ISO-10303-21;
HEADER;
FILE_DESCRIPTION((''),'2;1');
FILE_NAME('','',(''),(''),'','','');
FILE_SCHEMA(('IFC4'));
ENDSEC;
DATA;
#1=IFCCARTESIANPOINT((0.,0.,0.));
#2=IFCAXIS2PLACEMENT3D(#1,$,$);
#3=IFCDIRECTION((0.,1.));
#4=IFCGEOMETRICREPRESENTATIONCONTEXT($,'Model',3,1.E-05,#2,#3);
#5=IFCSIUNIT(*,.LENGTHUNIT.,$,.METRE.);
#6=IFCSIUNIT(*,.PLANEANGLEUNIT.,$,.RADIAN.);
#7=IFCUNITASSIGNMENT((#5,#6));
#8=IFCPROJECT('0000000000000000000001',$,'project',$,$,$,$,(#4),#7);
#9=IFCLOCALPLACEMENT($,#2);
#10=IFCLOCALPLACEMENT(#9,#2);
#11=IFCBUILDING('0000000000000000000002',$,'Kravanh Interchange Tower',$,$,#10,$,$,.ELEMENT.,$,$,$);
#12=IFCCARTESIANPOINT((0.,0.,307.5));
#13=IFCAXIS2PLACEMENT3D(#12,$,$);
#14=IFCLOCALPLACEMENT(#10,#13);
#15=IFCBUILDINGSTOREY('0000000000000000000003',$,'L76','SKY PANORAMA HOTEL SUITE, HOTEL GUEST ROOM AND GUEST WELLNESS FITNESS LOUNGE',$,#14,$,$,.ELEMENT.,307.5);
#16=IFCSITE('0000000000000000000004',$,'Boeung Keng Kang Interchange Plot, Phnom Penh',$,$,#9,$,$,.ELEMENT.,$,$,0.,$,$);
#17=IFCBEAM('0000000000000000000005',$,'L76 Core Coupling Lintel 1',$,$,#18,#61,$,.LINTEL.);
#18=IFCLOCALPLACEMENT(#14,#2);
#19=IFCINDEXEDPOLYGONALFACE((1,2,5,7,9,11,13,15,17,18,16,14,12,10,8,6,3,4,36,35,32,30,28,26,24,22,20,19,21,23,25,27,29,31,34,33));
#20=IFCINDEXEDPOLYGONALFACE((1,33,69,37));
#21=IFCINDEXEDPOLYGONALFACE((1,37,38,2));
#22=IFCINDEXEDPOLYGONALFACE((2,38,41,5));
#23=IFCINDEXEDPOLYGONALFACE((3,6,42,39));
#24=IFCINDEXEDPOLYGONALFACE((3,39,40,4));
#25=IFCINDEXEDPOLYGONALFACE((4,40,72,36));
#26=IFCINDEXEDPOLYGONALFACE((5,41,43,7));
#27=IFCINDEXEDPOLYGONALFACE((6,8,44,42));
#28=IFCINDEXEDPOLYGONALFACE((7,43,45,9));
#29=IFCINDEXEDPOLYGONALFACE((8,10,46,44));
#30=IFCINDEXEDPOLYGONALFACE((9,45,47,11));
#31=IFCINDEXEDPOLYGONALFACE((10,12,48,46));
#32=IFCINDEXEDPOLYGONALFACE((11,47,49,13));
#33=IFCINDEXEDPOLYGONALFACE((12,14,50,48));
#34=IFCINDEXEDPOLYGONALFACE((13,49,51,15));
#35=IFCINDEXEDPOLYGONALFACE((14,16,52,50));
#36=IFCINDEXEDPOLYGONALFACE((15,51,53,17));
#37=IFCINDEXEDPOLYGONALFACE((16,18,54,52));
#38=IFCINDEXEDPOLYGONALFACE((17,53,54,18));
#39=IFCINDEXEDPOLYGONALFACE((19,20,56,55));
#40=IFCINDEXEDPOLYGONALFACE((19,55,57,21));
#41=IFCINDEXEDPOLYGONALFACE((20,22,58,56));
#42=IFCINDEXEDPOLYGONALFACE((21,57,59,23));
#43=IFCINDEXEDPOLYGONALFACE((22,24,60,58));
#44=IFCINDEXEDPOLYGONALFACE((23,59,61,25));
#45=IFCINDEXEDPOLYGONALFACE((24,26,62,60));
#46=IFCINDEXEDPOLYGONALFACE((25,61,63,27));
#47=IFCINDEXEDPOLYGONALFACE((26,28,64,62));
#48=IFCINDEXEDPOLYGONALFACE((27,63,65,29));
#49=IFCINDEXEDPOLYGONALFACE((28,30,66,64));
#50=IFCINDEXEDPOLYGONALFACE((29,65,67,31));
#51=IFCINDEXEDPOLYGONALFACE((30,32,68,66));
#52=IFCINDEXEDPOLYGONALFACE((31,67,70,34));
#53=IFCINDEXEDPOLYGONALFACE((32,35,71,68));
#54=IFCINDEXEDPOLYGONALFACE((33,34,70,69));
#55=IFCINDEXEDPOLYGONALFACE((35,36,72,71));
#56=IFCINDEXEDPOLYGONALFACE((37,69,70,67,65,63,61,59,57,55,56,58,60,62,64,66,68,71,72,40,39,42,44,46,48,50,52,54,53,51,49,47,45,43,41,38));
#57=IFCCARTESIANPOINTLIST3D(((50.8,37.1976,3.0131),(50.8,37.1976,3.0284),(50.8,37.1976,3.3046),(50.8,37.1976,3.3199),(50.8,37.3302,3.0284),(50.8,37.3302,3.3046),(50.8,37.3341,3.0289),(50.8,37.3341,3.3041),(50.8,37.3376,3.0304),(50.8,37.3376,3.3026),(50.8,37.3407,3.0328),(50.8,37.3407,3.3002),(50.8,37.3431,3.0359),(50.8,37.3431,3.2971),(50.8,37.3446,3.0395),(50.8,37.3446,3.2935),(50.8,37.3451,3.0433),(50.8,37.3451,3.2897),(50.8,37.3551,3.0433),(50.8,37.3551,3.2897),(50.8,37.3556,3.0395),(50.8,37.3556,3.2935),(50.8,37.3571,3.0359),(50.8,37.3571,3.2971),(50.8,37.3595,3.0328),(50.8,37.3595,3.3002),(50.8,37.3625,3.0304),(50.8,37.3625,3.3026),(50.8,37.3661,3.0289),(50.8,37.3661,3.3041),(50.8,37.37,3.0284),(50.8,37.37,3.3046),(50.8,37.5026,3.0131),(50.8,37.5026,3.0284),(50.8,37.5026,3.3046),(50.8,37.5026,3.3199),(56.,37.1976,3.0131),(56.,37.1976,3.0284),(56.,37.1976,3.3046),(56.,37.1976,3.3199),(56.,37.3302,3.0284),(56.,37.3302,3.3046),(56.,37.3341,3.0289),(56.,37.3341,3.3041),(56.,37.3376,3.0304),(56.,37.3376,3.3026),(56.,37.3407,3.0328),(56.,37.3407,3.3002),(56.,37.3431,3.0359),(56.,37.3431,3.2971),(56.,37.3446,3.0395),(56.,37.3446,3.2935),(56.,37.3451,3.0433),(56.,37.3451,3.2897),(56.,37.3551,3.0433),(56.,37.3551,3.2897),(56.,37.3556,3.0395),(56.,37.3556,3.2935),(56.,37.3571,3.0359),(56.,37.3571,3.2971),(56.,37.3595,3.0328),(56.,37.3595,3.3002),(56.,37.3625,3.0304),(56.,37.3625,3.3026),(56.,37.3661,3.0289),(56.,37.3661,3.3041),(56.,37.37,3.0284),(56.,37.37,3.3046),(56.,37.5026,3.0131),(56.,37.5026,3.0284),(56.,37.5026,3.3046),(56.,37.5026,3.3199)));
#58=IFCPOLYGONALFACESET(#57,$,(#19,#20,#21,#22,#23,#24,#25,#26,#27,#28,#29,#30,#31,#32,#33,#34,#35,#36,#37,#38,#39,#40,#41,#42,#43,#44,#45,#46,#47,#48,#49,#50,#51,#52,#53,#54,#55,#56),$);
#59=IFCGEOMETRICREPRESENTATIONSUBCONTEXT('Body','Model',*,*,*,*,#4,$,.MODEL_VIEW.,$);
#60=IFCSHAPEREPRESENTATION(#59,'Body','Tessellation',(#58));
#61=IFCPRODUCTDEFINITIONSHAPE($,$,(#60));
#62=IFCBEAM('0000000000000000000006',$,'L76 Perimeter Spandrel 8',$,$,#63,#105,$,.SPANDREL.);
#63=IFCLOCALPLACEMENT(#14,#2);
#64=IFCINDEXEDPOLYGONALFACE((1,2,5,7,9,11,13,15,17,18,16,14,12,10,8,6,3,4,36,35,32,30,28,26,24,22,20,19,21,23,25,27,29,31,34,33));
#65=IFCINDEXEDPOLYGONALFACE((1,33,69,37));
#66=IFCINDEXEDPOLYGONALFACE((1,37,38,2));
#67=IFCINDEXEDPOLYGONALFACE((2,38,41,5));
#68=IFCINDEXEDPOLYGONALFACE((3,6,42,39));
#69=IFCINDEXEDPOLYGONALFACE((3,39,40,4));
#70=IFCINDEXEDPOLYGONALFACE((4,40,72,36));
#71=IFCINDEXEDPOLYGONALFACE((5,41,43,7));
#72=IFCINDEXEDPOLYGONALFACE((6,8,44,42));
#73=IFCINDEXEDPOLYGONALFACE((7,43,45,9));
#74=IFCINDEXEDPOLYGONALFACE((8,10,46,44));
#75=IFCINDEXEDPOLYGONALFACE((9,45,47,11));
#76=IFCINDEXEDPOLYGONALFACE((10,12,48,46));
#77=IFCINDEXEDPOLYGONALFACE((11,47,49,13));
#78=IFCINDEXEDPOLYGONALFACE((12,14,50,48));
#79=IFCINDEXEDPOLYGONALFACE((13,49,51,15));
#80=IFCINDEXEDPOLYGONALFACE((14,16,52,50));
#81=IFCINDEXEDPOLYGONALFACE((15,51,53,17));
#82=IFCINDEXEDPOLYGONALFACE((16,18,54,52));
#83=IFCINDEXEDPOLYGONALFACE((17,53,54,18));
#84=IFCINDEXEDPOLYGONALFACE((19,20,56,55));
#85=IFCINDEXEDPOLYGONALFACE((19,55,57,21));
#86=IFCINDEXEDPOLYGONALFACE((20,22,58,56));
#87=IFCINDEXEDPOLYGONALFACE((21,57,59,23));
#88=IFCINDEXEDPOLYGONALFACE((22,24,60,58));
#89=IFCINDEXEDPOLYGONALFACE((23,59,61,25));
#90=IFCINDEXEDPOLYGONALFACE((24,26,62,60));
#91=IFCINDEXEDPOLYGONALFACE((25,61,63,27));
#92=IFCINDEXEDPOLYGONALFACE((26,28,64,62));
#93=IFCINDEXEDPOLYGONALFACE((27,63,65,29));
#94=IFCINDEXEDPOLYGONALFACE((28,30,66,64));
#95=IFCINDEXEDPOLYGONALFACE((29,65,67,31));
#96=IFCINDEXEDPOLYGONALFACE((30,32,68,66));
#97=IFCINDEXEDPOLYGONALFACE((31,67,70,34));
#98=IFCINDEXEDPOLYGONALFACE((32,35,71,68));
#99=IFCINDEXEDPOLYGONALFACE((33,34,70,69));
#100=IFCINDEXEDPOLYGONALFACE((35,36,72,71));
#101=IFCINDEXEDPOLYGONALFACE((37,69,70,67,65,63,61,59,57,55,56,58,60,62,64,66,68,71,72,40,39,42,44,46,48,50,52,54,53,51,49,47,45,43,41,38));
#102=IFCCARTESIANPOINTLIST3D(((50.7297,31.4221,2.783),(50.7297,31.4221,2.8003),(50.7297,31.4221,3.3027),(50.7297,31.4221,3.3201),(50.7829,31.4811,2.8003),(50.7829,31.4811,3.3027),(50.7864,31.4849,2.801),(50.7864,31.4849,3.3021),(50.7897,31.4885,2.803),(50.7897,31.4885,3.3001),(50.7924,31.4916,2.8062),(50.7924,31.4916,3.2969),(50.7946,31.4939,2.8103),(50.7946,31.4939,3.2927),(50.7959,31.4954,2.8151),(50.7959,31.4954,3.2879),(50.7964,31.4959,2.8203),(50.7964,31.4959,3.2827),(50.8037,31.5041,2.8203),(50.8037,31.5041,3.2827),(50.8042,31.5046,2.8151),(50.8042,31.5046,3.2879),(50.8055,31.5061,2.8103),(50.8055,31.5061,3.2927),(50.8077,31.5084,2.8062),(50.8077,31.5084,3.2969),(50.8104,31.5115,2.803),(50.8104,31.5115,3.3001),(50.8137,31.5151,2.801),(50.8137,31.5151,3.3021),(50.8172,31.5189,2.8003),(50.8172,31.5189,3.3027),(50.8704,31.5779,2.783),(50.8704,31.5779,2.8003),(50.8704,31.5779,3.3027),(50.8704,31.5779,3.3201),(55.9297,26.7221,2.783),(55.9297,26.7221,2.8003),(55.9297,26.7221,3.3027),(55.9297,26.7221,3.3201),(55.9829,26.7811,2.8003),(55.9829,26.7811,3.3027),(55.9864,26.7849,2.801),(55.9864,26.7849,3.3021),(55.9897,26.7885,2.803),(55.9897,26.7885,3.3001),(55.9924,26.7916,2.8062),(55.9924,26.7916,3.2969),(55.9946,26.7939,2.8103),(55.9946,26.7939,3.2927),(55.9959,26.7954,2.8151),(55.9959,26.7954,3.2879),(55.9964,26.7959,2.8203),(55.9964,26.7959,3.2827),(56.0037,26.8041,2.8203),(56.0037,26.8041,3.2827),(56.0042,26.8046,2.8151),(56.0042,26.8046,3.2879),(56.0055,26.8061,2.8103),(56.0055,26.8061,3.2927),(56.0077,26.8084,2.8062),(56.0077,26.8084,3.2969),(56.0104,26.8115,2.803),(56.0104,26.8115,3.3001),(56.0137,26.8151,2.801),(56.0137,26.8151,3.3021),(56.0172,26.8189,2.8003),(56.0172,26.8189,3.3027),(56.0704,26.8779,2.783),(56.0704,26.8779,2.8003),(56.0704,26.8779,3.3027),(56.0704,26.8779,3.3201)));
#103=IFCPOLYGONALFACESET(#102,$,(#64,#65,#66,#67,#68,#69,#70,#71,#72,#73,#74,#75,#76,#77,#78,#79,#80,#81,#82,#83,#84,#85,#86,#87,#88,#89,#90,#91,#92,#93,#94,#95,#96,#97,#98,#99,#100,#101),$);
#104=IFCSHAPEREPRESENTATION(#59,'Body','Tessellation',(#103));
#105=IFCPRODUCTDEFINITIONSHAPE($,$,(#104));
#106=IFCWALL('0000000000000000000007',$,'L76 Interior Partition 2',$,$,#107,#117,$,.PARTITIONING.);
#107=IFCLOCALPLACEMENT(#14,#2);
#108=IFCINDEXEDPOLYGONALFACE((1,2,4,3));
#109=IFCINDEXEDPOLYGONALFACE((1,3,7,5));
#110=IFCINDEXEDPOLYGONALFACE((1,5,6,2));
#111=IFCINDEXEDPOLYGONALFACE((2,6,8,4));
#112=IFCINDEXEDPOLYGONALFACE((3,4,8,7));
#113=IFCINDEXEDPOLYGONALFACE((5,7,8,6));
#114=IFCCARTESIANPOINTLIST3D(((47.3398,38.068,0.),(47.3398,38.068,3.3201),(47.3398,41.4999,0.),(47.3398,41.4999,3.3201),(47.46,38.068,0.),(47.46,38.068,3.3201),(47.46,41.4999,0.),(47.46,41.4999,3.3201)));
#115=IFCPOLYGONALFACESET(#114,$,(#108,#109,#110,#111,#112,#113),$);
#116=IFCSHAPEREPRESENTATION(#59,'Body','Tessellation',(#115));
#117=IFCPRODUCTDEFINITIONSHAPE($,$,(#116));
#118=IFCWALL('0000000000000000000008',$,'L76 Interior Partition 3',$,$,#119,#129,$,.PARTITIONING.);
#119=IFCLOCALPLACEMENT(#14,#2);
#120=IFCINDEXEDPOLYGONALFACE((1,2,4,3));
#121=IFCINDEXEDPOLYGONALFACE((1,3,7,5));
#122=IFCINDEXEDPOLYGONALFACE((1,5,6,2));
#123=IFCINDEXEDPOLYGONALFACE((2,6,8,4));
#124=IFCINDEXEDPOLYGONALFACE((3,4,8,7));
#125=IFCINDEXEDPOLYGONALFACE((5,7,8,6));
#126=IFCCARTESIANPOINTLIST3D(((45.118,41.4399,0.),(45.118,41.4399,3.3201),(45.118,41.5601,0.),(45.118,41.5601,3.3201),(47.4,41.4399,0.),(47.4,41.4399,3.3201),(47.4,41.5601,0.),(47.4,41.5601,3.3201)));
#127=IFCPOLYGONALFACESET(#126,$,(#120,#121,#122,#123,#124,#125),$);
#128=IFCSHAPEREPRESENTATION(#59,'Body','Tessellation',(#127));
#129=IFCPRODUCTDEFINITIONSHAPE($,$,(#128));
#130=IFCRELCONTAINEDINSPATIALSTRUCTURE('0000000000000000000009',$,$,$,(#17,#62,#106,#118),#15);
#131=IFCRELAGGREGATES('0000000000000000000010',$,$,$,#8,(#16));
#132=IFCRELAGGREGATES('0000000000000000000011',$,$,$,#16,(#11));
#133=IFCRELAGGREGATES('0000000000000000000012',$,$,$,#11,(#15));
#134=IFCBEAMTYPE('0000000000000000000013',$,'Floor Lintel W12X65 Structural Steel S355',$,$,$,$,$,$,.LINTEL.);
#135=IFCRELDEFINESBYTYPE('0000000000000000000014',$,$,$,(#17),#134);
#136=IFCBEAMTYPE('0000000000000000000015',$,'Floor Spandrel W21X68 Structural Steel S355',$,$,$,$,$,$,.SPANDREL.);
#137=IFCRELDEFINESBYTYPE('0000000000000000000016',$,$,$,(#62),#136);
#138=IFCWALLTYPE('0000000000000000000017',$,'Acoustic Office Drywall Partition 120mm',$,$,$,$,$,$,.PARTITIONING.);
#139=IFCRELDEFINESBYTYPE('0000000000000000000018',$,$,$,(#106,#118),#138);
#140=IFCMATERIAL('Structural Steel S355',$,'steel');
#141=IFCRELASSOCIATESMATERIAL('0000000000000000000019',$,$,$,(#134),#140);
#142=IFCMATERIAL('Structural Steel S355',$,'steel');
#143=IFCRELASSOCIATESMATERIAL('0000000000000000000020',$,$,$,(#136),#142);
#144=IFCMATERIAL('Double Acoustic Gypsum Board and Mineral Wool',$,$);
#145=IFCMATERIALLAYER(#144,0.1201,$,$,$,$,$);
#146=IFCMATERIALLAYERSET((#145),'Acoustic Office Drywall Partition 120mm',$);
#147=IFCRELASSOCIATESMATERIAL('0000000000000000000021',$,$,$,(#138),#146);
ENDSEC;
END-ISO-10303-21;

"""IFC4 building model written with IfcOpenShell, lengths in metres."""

from ifc_helpers import new_model, si_unit, direction, frame, frame_2d, origin, origin_2d, place, context, subcontext, project, spatial, rectangle, i_section, extrude, material, layer, layer_set, material_profile, profile_set, type_object, element, save


model = new_model("IFC4")

# Units and contexts
model_context = context("Model", 3, precision=1e-05, world=origin(), true_north=direction((0.0, 1.0)))
body_context = subcontext(model_context, "Body", "Model", "MODEL_VIEW")
ifc_project = project(units=[si_unit("LENGTHUNIT", "METRE"), si_unit("PLANEANGLEUNIT", "RADIAN")], contexts=[model_context])

# Site, building, storey
site_placement = place(None, origin())
site = spatial("IfcSite", under=ifc_project, at=site_placement, Name="Boeung Keng Kang Interchange Plot, Phnom Penh", CompositionType="ELEMENT", RefElevation=0.0)
building_placement = place(site_placement, origin())
building = spatial("IfcBuilding", under=site, at=building_placement, Name="Kravanh Interchange Tower", CompositionType="ELEMENT")
storey_placement = place(building_placement, frame((0.0, 0.0, 307.5)))
storey = spatial("IfcBuildingStorey", under=building, at=storey_placement, Name="L76", Description="SKY PANORAMA HOTEL SUITE, HOTEL GUEST ROOM AND GUEST WELLNESS FITNESS LOUNGE", CompositionType="ELEMENT", Elevation=307.5)

# Beams
ifc_material_1 = material(Name="Structural Steel S355", Category="steel")
ifc_material_profile_1 = material_profile(ifc_material_1, i_section(OverallWidth=0.3049, OverallDepth=0.3069, WebThickness=0.01, FlangeThickness=0.0154, FilletRadius=0.0149, at=origin_2d()), Name="W12X65")
ifc_profile_set_1 = profile_set([ifc_material_profile_1], Name="Structural Steel S355")
beam_type_1 = type_object("IfcBeamType", Name="Floor Lintel W12X65 Structural Steel S355", PredefinedType="LINTEL", material=ifc_profile_set_1)
beam_1_placement = place(storey_placement, frame((50.8, 37.3501, 3.1665), z_axis=(1.0, 0.0, 0.0), x_axis=(0.0, 1.0, 0.0)))
element("IfcBeam", 1, at=beam_1_placement, inside=storey, type_object=beam_type_1, Name="L76 Core Coupling Lintel 1", PredefinedType="LINTEL", context=body_context, shape_type="SweptSolid", body=[
    extrude(i_section(OverallWidth=0.3049, OverallDepth=0.3069, WebThickness=0.01, FlangeThickness=0.0154, FilletRadius=0.0149, at=origin_2d()), origin(), (0.0, 0.0, 1.0), 5.2),
])
ifc_material_2 = material(Name="Structural Steel S355", Category="steel")
ifc_material_profile_2 = material_profile(ifc_material_2, i_section(OverallWidth=0.21, OverallDepth=0.5371, WebThickness=0.011, FlangeThickness=0.0173, FilletRadius=0.02, at=origin_2d()), Name="W21X68")
ifc_profile_set_2 = profile_set([ifc_material_profile_2], Name="Structural Steel S355")
beam_type_2 = type_object("IfcBeamType", Name="Floor Spandrel W21X68 Structural Steel S355", PredefinedType="SPANDREL", material=ifc_profile_set_2)
beam_2_placement = place(storey_placement, frame((50.8, 31.5, 3.0515), z_axis=(0.741874, -0.670539, 0.0), x_axis=(0.670539, 0.741874, 0.0)))
element("IfcBeam", 2, at=beam_2_placement, inside=storey, type_object=beam_type_2, Name="L76 Perimeter Spandrel 8", PredefinedType="SPANDREL", context=body_context, shape_type="SweptSolid", body=[
    extrude(i_section(OverallWidth=0.21, OverallDepth=0.5371, WebThickness=0.011, FlangeThickness=0.0173, FilletRadius=0.02, at=origin_2d()), origin(), (0.0, 0.0, 1.0), 7.0093),
])

# Walls
ifc_material_3 = material(Name="Double Acoustic Gypsum Board and Mineral Wool")
ifc_layer_1 = layer(ifc_material_3, 0.1201)
ifc_layer_set_1 = layer_set([ifc_layer_1], Name="Acoustic Office Drywall Partition 120mm")
wall_type_1 = type_object("IfcWallType", Name="Acoustic Office Drywall Partition 120mm", PredefinedType="PARTITIONING", material=ifc_layer_set_1)
wall_1_placement = place(storey_placement, frame((47.3999, 38.0681, 0.0), z_axis=(0.0, 0.0, 1.0), x_axis=(0.0, 1.0, 0.0)))
element("IfcWall", 3, at=wall_1_placement, inside=storey, type_object=wall_type_1, Name="L76 Interior Partition 2", PredefinedType="PARTITIONING", context=body_context, shape_type="SweptSolid", body=[
    extrude(rectangle(XDim=3.4319, YDim=0.1201, at=frame_2d((1.7158, 0.0))), origin(), (0.0, 0.0, 1.0), 3.3201),
])
wall_2_placement = place(storey_placement, frame((45.1179, 41.5, 0.0), z_axis=(0.0, 0.0, 1.0), x_axis=(1.0, 0.0, 0.0)))
element("IfcWall", 4, at=wall_2_placement, inside=storey, type_object=wall_type_1, Name="L76 Interior Partition 3", PredefinedType="PARTITIONING", context=body_context, shape_type="SweptSolid", body=[
    extrude(rectangle(XDim=2.282, YDim=0.1201, at=frame_2d((1.1411, 0.0))), origin(), (0.0, 0.0, 1.0), 3.3201),
])

save(model, "model.ifc")
